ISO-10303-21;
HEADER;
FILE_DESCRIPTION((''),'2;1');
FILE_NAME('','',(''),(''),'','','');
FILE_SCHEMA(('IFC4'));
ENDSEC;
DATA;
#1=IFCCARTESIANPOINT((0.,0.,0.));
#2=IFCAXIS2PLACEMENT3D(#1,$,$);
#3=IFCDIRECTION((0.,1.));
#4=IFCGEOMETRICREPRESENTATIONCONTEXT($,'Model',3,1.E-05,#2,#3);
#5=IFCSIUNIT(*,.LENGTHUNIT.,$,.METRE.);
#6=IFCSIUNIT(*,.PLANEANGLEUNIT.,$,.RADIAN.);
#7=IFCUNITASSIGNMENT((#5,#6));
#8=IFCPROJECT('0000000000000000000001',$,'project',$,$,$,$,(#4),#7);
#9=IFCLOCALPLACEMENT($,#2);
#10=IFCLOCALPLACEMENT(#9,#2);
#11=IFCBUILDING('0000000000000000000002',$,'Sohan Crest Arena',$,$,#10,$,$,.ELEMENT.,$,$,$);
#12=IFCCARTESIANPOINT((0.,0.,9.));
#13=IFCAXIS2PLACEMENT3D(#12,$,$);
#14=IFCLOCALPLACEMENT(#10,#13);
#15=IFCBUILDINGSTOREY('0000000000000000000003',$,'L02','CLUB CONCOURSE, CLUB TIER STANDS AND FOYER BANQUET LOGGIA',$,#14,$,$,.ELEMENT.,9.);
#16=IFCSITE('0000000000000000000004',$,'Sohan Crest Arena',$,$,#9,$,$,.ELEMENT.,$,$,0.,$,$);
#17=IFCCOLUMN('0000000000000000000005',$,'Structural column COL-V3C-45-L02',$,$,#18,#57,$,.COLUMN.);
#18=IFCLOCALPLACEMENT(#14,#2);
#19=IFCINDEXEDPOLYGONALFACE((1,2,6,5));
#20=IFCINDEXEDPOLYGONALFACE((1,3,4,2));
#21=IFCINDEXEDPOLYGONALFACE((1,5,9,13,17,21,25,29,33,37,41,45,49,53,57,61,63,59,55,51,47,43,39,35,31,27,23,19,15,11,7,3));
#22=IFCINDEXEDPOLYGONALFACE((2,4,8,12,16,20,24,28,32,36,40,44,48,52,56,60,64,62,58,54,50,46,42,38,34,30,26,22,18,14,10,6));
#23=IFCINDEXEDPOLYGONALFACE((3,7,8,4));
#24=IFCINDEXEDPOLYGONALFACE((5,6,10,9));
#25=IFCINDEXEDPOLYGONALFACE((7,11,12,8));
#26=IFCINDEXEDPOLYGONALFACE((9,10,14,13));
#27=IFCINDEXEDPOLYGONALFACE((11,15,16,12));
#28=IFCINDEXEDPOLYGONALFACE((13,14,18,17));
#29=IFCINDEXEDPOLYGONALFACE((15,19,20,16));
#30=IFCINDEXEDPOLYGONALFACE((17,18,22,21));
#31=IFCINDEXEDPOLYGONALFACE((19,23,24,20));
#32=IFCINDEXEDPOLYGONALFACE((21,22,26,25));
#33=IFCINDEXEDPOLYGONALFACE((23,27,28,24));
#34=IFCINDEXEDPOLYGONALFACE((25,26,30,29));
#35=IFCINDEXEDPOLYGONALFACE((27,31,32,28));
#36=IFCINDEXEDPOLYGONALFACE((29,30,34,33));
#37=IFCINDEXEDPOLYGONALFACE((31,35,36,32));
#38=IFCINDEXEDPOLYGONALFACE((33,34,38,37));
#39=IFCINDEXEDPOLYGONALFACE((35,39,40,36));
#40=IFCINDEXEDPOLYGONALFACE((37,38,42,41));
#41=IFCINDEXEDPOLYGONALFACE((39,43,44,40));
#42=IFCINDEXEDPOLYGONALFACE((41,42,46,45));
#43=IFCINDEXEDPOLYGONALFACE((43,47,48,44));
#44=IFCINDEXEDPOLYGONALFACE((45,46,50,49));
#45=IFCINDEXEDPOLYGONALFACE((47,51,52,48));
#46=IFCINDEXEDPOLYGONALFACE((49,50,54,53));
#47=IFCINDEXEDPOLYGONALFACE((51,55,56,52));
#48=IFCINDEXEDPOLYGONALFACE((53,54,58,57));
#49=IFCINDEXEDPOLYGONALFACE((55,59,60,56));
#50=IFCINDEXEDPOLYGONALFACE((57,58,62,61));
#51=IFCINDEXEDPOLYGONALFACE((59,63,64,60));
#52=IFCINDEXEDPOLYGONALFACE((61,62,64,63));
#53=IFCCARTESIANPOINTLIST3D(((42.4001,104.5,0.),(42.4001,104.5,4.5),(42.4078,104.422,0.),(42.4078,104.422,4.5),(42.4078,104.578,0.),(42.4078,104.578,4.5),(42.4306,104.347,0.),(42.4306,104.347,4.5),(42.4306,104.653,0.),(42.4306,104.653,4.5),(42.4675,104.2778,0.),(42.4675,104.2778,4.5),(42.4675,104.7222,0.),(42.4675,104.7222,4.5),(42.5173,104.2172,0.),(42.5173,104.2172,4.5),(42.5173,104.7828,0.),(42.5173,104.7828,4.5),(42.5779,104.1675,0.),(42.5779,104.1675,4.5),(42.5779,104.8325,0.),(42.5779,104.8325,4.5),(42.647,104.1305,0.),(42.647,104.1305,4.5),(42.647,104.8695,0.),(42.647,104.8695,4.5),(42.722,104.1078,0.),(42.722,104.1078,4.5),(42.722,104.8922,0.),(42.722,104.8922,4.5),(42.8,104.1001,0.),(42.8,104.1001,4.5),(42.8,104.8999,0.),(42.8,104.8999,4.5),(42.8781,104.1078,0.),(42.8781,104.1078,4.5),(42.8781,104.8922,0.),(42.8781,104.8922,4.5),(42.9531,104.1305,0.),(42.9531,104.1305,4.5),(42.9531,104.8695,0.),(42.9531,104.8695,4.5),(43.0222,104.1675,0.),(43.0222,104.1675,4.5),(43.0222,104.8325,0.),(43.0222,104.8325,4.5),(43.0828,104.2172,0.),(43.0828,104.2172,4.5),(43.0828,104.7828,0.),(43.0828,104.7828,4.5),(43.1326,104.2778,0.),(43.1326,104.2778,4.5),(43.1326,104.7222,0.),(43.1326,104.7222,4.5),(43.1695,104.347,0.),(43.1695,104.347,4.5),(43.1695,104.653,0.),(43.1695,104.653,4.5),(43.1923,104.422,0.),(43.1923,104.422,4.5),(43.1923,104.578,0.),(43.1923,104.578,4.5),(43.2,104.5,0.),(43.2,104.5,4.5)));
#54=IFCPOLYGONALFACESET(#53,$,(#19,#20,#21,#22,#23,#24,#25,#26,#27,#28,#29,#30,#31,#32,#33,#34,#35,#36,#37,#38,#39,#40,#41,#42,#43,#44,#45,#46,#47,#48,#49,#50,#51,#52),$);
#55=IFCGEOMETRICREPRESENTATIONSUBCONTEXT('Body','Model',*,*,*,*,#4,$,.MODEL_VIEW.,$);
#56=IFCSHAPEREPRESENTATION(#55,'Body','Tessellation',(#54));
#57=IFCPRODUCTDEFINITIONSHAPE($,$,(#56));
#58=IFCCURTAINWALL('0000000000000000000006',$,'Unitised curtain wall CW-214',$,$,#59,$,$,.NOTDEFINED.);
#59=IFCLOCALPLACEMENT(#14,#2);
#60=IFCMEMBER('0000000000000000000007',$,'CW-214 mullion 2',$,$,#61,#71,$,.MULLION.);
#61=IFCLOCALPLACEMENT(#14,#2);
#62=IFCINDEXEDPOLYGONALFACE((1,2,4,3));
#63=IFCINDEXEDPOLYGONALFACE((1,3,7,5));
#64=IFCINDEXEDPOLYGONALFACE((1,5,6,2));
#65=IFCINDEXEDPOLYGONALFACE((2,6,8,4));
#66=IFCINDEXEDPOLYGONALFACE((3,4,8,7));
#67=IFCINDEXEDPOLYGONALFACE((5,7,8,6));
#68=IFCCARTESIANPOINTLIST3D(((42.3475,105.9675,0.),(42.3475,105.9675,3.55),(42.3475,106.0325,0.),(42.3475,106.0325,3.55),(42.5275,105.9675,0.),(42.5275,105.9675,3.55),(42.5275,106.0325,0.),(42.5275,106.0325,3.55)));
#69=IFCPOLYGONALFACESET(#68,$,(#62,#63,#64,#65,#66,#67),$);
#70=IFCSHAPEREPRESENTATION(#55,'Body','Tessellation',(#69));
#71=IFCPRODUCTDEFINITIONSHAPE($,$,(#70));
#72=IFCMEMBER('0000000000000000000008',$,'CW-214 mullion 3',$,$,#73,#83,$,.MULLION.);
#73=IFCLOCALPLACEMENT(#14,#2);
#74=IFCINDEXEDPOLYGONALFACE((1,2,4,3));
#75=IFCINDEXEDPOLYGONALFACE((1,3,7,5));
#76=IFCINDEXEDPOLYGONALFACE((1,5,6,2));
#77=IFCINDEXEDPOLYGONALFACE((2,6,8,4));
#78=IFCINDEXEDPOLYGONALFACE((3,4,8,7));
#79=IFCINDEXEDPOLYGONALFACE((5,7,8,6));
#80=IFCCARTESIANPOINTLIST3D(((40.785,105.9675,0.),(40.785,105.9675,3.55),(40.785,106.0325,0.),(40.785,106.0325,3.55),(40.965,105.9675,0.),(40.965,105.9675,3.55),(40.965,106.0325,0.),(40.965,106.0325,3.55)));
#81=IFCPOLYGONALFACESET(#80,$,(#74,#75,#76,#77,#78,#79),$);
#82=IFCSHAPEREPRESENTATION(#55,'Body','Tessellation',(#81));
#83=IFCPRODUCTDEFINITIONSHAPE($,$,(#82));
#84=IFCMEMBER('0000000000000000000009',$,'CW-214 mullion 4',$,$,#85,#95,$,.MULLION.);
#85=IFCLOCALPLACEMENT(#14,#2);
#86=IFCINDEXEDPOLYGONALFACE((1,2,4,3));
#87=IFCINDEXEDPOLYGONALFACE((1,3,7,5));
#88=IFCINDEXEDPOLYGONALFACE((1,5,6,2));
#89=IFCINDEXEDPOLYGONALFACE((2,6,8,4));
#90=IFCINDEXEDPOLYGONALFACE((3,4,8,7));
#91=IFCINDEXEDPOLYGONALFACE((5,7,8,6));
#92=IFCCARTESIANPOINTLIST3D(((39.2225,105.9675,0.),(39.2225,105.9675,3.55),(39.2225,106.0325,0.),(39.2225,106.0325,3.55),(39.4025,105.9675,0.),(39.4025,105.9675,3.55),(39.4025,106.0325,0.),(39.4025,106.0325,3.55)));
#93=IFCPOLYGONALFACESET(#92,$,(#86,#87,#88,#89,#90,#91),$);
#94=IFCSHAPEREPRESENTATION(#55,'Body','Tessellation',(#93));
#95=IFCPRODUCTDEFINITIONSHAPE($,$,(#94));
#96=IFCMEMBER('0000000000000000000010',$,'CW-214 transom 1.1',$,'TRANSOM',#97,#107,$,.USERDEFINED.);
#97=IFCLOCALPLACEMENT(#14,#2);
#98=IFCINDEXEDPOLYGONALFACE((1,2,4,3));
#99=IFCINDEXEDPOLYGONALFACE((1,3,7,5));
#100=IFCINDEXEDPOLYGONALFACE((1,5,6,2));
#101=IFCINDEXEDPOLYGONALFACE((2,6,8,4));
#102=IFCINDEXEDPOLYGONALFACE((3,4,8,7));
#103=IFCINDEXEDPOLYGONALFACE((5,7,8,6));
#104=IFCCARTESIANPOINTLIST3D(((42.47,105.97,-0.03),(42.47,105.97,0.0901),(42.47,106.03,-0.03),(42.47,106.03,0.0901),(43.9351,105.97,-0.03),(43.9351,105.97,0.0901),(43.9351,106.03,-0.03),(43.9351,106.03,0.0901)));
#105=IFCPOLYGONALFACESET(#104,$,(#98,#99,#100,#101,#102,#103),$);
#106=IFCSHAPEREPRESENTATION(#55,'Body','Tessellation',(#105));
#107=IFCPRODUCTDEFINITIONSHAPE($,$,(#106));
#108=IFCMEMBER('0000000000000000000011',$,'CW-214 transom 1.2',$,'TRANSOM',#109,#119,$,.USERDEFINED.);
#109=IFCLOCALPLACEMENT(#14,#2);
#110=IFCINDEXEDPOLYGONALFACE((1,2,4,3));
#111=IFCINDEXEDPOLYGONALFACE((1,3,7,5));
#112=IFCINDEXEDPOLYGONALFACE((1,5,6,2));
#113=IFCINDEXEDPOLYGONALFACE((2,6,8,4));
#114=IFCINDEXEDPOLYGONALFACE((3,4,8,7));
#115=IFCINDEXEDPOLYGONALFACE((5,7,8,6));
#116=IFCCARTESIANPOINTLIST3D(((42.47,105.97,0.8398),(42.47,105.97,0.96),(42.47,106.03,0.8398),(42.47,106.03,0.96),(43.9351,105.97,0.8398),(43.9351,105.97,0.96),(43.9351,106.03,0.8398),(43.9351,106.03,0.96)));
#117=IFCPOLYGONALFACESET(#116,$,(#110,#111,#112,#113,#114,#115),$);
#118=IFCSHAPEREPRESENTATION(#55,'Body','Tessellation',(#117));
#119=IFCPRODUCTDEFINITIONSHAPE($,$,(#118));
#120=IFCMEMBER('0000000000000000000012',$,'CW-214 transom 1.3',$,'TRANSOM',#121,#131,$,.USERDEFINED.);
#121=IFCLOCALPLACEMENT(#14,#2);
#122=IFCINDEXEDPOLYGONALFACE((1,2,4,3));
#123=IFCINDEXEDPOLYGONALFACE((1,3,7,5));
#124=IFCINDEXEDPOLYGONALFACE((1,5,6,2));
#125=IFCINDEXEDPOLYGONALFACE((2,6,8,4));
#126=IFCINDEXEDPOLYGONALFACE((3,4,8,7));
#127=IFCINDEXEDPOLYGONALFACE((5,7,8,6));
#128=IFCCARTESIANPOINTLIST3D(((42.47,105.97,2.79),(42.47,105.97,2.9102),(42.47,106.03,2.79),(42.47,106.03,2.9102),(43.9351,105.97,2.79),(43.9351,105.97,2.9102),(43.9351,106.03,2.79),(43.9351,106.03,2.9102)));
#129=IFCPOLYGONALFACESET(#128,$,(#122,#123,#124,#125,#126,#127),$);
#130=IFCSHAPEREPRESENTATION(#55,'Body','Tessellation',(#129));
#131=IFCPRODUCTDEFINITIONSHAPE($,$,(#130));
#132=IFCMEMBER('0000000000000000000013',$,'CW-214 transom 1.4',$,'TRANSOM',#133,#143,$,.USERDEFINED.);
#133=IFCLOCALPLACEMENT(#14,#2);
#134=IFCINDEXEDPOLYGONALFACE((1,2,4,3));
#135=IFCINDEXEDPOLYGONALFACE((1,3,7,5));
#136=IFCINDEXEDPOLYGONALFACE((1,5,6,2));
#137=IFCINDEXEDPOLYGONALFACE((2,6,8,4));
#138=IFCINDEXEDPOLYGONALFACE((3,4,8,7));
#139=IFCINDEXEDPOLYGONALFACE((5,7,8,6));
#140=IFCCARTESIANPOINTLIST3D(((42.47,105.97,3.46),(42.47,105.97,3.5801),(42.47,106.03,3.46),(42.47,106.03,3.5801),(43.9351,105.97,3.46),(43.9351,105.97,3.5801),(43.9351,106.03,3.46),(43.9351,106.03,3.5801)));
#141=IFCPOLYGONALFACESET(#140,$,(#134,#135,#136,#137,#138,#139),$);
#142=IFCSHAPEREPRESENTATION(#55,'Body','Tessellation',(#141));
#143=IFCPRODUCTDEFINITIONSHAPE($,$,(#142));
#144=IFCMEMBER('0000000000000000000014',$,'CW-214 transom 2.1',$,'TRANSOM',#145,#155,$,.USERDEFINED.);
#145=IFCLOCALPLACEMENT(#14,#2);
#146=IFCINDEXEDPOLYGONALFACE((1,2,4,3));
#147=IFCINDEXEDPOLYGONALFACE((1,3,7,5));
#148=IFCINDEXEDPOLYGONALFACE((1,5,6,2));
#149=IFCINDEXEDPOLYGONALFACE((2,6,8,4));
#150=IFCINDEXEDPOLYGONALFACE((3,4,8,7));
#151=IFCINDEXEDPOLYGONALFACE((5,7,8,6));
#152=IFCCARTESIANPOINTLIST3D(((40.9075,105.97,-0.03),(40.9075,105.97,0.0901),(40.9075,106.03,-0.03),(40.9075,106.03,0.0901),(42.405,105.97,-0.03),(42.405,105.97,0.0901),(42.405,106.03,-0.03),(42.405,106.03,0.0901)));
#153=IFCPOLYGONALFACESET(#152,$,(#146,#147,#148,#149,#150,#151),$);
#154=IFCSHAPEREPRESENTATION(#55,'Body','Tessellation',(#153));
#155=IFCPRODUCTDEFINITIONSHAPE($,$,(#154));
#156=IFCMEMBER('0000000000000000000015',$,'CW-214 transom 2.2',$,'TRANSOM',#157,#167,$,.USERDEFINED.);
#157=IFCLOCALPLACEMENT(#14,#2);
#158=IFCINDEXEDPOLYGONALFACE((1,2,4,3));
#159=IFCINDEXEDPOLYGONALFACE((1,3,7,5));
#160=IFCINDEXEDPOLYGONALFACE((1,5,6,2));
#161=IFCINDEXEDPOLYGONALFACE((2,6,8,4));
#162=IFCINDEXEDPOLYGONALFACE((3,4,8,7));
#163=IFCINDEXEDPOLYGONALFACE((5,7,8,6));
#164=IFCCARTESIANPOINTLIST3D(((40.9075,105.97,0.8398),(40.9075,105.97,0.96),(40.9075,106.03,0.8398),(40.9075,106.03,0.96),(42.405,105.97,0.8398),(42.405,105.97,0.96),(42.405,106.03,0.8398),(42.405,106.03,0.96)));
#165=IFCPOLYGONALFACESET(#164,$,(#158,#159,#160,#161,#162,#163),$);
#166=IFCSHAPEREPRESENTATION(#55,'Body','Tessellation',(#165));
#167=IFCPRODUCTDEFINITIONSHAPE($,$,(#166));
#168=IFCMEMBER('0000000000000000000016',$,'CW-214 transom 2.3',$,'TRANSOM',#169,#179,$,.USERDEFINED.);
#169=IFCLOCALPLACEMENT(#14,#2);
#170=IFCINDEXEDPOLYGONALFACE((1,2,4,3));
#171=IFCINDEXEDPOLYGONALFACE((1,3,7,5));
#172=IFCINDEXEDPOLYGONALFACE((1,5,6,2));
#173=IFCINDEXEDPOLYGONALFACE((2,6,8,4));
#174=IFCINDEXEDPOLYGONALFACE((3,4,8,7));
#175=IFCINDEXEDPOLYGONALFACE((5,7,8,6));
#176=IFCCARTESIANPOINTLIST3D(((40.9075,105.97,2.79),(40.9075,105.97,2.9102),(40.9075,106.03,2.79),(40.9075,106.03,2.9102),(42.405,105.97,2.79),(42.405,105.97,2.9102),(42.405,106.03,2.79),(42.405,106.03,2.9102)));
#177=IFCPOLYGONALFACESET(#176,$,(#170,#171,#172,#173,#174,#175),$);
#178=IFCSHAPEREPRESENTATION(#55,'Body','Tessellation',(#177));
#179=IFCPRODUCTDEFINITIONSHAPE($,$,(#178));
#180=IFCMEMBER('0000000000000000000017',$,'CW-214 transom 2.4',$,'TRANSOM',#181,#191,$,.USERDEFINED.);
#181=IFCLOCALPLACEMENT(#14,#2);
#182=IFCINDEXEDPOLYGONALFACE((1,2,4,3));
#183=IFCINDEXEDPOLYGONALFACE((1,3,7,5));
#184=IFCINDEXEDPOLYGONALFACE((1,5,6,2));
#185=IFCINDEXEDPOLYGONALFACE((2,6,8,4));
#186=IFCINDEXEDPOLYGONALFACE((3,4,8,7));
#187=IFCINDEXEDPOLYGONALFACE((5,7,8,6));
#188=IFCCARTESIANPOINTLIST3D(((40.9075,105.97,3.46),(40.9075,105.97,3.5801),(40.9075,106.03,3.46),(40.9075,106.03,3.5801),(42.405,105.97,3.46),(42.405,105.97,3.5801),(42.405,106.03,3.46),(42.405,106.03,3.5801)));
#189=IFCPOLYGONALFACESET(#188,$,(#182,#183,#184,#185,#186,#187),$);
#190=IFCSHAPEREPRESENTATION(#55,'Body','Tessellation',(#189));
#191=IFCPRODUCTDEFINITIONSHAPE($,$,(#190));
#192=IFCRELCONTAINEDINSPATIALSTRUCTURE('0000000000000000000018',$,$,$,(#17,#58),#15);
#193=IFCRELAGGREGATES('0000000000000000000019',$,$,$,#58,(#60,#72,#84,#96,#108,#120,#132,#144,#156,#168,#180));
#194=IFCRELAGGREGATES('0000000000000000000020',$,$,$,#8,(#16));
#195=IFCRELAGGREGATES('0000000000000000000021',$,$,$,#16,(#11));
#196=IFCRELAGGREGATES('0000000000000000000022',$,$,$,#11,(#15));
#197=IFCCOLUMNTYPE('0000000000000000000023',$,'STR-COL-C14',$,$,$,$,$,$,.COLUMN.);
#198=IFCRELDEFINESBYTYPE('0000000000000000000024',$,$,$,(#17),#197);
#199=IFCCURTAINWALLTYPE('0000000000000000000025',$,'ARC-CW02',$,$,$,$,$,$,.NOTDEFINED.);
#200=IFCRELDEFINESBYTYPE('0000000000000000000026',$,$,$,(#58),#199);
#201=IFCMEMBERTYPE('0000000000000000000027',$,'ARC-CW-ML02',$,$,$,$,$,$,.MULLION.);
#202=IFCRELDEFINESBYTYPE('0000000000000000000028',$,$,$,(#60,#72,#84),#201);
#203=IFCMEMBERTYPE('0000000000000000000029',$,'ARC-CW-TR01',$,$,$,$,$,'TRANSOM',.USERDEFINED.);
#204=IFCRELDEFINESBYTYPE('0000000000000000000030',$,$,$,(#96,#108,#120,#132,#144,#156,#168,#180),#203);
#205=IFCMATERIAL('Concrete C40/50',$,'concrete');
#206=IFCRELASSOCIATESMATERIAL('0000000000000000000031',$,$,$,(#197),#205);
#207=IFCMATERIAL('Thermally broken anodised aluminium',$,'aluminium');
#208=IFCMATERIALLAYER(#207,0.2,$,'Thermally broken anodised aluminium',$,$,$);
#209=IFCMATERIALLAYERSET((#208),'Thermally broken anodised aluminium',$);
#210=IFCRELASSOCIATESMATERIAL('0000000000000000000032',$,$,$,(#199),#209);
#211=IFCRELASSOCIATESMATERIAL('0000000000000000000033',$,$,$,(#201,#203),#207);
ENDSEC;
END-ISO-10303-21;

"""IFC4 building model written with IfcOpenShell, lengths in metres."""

from ifc_helpers import new_model, si_unit, direction, frame, origin, origin_2d, place, context, subcontext, project, spatial, rectangle, circle, extrude, material, layer, layer_set, material_profile, profile_set, type_object, element, aggregate, save


model = new_model("IFC4")

# Units and contexts
model_context = context("Model", 3, precision=1e-05, world=origin(), true_north=direction((0.0, 1.0)))
body_context = subcontext(model_context, "Body", "Model", "MODEL_VIEW")
ifc_project = project(units=[si_unit("LENGTHUNIT", "METRE"), si_unit("PLANEANGLEUNIT", "RADIAN")], contexts=[model_context])

# Site, building, storey
site_placement = place(None, origin())
site = spatial("IfcSite", under=ifc_project, at=site_placement, Name="Sohan Crest Arena", CompositionType="ELEMENT", RefElevation=0.0)
building_placement = place(site_placement, origin())
building = spatial("IfcBuilding", under=site, at=building_placement, Name="Sohan Crest Arena", CompositionType="ELEMENT")
storey_placement = place(building_placement, frame((0.0, 0.0, 9.0)))
storey = spatial("IfcBuildingStorey", under=building, at=storey_placement, Name="L02", Description="CLUB CONCOURSE, CLUB TIER STANDS AND FOYER BANQUET LOGGIA", CompositionType="ELEMENT", Elevation=9.0)

# Column
ifc_material_1 = material(Name="Concrete C40/50", Category="concrete")
ifc_material_profile_1 = material_profile(ifc_material_1, circle(Radius=0.3999, at=origin_2d()), Name="RC D800")
ifc_profile_set_1 = profile_set([ifc_material_profile_1], Name="Concrete C40/50")
column_type = type_object("IfcColumnType", Name="STR-COL-C14", PredefinedType="COLUMN", material=ifc_profile_set_1)
column_placement = place(storey_placement, frame((42.8, 104.5, 0.0), z_axis=(0.0, 0.0, 1.0), x_axis=(1.0, 0.0, 0.0)))
element("IfcColumn", 1, at=column_placement, inside=storey, type_object=column_type, Name="Structural column COL-V3C-45-L02", PredefinedType="COLUMN", context=body_context, shape_type="SweptSolid", body=[
    extrude(circle(Radius=0.3999, at=origin_2d()), origin(), (0.0, 0.0, 1.0), 4.5),
])

# Curtain wall, members
ifc_material_2 = material(Name="Thermally broken anodised aluminium", Category="aluminium")
ifc_layer_1 = layer(ifc_material_2, 0.2, Name="Thermally broken anodised aluminium")
ifc_layer_set_1 = layer_set([ifc_layer_1], Name="Thermally broken anodised aluminium")
curtain_wall_type = type_object("IfcCurtainWallType", Name="ARC-CW02", PredefinedType="NOTDEFINED", material=ifc_layer_set_1)
curtain_wall_placement = place(storey_placement, origin())
curtain_wall = element("IfcCurtainWall", 2, at=curtain_wall_placement, inside=storey, type_object=curtain_wall_type, Name="Unitised curtain wall CW-214", PredefinedType="NOTDEFINED")
ifc_material_profile_2 = material_profile(ifc_material_2, rectangle(XDim=0.0649, YDim=0.1799, at=origin_2d()), Name="ALU-MULL 65x180")
ifc_profile_set_2 = profile_set([ifc_material_profile_2], Name="Thermally broken anodised aluminium")
member_type_1 = type_object("IfcMemberType", Name="ARC-CW-ML02", PredefinedType="MULLION", material=ifc_profile_set_2)
member_1_placement = place(storey_placement, frame((42.4375, 106.0, 0.0), z_axis=(0.0, 0.0, 1.0), x_axis=(0.0, -1.0, 0.0)))
member_1 = element("IfcMember", 3, at=member_1_placement, type_object=member_type_1, Name="CW-214 mullion 2", PredefinedType="MULLION", context=body_context, shape_type="SweptSolid", body=[
    extrude(rectangle(XDim=0.0649, YDim=0.1799, at=origin_2d()), origin(), (0.0, 0.0, 1.0), 3.55),
])
member_2_placement = place(storey_placement, frame((40.875, 106.0, 0.0), z_axis=(0.0, 0.0, 1.0), x_axis=(0.0, -1.0, 0.0)))
member_2 = element("IfcMember", 4, at=member_2_placement, type_object=member_type_1, Name="CW-214 mullion 3", PredefinedType="MULLION", context=body_context, shape_type="SweptSolid", body=[
    extrude(rectangle(XDim=0.0649, YDim=0.1799, at=origin_2d()), origin(), (0.0, 0.0, 1.0), 3.55),
])
member_3_placement = place(storey_placement, frame((39.3125, 106.0, 0.0), z_axis=(0.0, 0.0, 1.0), x_axis=(0.0, -1.0, 0.0)))
member_3 = element("IfcMember", 5, at=member_3_placement, type_object=member_type_1, Name="CW-214 mullion 4", PredefinedType="MULLION", context=body_context, shape_type="SweptSolid", body=[
    extrude(rectangle(XDim=0.0649, YDim=0.1799, at=origin_2d()), origin(), (0.0, 0.0, 1.0), 3.55),
])
ifc_material_profile_3 = material_profile(ifc_material_2, rectangle(XDim=0.0601, YDim=0.1201, at=origin_2d()), Name="ALU-TRAN 60x120")
ifc_profile_set_3 = profile_set([ifc_material_profile_3], Name="Thermally broken anodised aluminium")
member_type_2 = type_object("IfcMemberType", Name="ARC-CW-TR01", ElementType="TRANSOM", PredefinedType="USERDEFINED", material=ifc_profile_set_3)
member_4_placement = place(storey_placement, frame((43.9351, 106.0, 0.03), z_axis=(-1.0, 0.0, 0.0), x_axis=(0.0, -1.0, 0.0)))
member_4 = element("IfcMember", 6, at=member_4_placement, type_object=member_type_2, Name="CW-214 transom 1.1", ObjectType="TRANSOM", PredefinedType="USERDEFINED", context=body_context, shape_type="SweptSolid", body=[
    extrude(rectangle(XDim=0.0601, YDim=0.1201, at=origin_2d()), origin(), (0.0, 0.0, 1.0), 1.4651),
])
member_5_placement = place(storey_placement, frame((43.9351, 106.0, 0.8999), z_axis=(-1.0, 0.0, 0.0), x_axis=(0.0, -1.0, 0.0)))
member_5 = element("IfcMember", 7, at=member_5_placement, type_object=member_type_2, Name="CW-214 transom 1.2", ObjectType="TRANSOM", PredefinedType="USERDEFINED", context=body_context, shape_type="SweptSolid", body=[
    extrude(rectangle(XDim=0.0601, YDim=0.1201, at=origin_2d()), origin(), (0.0, 0.0, 1.0), 1.4651),
])
member_6_placement = place(storey_placement, frame((43.9351, 106.0, 2.8501), z_axis=(-1.0, 0.0, 0.0), x_axis=(0.0, -1.0, 0.0)))
member_6 = element("IfcMember", 8, at=member_6_placement, type_object=member_type_2, Name="CW-214 transom 1.3", ObjectType="TRANSOM", PredefinedType="USERDEFINED", context=body_context, shape_type="SweptSolid", body=[
    extrude(rectangle(XDim=0.0601, YDim=0.1201, at=origin_2d()), origin(), (0.0, 0.0, 1.0), 1.4651),
])
member_7_placement = place(storey_placement, frame((43.9351, 106.0, 3.52), z_axis=(-1.0, 0.0, 0.0), x_axis=(0.0, -1.0, 0.0)))
member_7 = element("IfcMember", 9, at=member_7_placement, type_object=member_type_2, Name="CW-214 transom 1.4", ObjectType="TRANSOM", PredefinedType="USERDEFINED", context=body_context, shape_type="SweptSolid", body=[
    extrude(rectangle(XDim=0.0601, YDim=0.1201, at=origin_2d()), origin(), (0.0, 0.0, 1.0), 1.4651),
])
member_8_placement = place(storey_placement, frame((42.405, 106.0, 0.03), z_axis=(-1.0, 0.0, 0.0), x_axis=(0.0, -1.0, 0.0)))
member_8 = element("IfcMember", 10, at=member_8_placement, type_object=member_type_2, Name="CW-214 transom 2.1", ObjectType="TRANSOM", PredefinedType="USERDEFINED", context=body_context, shape_type="SweptSolid", body=[
    extrude(rectangle(XDim=0.0601, YDim=0.1201, at=origin_2d()), origin(), (0.0, 0.0, 1.0), 1.4976),
])
member_9_placement = place(storey_placement, frame((42.405, 106.0, 0.8999), z_axis=(-1.0, 0.0, 0.0), x_axis=(0.0, -1.0, 0.0)))
member_9 = element("IfcMember", 11, at=member_9_placement, type_object=member_type_2, Name="CW-214 transom 2.2", ObjectType="TRANSOM", PredefinedType="USERDEFINED", context=body_context, shape_type="SweptSolid", body=[
    extrude(rectangle(XDim=0.0601, YDim=0.1201, at=origin_2d()), origin(), (0.0, 0.0, 1.0), 1.4976),
])
member_10_placement = place(storey_placement, frame((42.405, 106.0, 2.8501), z_axis=(-1.0, 0.0, 0.0), x_axis=(0.0, -1.0, 0.0)))
member_10 = element("IfcMember", 12, at=member_10_placement, type_object=member_type_2, Name="CW-214 transom 2.3", ObjectType="TRANSOM", PredefinedType="USERDEFINED", context=body_context, shape_type="SweptSolid", body=[
    extrude(rectangle(XDim=0.0601, YDim=0.1201, at=origin_2d()), origin(), (0.0, 0.0, 1.0), 1.4976),
])
member_11_placement = place(storey_placement, frame((42.405, 106.0, 3.52), z_axis=(-1.0, 0.0, 0.0), x_axis=(0.0, -1.0, 0.0)))
member_11 = element("IfcMember", 13, at=member_11_placement, type_object=member_type_2, Name="CW-214 transom 2.4", ObjectType="TRANSOM", PredefinedType="USERDEFINED", context=body_context, shape_type="SweptSolid", body=[
    extrude(rectangle(XDim=0.0601, YDim=0.1201, at=origin_2d()), origin(), (0.0, 0.0, 1.0), 1.4976),
])
aggregate(curtain_wall, [member_1, member_2, member_3, member_4, member_5, member_6, member_7, member_8, member_9, member_10, member_11])

save(model, "model.ifc")
